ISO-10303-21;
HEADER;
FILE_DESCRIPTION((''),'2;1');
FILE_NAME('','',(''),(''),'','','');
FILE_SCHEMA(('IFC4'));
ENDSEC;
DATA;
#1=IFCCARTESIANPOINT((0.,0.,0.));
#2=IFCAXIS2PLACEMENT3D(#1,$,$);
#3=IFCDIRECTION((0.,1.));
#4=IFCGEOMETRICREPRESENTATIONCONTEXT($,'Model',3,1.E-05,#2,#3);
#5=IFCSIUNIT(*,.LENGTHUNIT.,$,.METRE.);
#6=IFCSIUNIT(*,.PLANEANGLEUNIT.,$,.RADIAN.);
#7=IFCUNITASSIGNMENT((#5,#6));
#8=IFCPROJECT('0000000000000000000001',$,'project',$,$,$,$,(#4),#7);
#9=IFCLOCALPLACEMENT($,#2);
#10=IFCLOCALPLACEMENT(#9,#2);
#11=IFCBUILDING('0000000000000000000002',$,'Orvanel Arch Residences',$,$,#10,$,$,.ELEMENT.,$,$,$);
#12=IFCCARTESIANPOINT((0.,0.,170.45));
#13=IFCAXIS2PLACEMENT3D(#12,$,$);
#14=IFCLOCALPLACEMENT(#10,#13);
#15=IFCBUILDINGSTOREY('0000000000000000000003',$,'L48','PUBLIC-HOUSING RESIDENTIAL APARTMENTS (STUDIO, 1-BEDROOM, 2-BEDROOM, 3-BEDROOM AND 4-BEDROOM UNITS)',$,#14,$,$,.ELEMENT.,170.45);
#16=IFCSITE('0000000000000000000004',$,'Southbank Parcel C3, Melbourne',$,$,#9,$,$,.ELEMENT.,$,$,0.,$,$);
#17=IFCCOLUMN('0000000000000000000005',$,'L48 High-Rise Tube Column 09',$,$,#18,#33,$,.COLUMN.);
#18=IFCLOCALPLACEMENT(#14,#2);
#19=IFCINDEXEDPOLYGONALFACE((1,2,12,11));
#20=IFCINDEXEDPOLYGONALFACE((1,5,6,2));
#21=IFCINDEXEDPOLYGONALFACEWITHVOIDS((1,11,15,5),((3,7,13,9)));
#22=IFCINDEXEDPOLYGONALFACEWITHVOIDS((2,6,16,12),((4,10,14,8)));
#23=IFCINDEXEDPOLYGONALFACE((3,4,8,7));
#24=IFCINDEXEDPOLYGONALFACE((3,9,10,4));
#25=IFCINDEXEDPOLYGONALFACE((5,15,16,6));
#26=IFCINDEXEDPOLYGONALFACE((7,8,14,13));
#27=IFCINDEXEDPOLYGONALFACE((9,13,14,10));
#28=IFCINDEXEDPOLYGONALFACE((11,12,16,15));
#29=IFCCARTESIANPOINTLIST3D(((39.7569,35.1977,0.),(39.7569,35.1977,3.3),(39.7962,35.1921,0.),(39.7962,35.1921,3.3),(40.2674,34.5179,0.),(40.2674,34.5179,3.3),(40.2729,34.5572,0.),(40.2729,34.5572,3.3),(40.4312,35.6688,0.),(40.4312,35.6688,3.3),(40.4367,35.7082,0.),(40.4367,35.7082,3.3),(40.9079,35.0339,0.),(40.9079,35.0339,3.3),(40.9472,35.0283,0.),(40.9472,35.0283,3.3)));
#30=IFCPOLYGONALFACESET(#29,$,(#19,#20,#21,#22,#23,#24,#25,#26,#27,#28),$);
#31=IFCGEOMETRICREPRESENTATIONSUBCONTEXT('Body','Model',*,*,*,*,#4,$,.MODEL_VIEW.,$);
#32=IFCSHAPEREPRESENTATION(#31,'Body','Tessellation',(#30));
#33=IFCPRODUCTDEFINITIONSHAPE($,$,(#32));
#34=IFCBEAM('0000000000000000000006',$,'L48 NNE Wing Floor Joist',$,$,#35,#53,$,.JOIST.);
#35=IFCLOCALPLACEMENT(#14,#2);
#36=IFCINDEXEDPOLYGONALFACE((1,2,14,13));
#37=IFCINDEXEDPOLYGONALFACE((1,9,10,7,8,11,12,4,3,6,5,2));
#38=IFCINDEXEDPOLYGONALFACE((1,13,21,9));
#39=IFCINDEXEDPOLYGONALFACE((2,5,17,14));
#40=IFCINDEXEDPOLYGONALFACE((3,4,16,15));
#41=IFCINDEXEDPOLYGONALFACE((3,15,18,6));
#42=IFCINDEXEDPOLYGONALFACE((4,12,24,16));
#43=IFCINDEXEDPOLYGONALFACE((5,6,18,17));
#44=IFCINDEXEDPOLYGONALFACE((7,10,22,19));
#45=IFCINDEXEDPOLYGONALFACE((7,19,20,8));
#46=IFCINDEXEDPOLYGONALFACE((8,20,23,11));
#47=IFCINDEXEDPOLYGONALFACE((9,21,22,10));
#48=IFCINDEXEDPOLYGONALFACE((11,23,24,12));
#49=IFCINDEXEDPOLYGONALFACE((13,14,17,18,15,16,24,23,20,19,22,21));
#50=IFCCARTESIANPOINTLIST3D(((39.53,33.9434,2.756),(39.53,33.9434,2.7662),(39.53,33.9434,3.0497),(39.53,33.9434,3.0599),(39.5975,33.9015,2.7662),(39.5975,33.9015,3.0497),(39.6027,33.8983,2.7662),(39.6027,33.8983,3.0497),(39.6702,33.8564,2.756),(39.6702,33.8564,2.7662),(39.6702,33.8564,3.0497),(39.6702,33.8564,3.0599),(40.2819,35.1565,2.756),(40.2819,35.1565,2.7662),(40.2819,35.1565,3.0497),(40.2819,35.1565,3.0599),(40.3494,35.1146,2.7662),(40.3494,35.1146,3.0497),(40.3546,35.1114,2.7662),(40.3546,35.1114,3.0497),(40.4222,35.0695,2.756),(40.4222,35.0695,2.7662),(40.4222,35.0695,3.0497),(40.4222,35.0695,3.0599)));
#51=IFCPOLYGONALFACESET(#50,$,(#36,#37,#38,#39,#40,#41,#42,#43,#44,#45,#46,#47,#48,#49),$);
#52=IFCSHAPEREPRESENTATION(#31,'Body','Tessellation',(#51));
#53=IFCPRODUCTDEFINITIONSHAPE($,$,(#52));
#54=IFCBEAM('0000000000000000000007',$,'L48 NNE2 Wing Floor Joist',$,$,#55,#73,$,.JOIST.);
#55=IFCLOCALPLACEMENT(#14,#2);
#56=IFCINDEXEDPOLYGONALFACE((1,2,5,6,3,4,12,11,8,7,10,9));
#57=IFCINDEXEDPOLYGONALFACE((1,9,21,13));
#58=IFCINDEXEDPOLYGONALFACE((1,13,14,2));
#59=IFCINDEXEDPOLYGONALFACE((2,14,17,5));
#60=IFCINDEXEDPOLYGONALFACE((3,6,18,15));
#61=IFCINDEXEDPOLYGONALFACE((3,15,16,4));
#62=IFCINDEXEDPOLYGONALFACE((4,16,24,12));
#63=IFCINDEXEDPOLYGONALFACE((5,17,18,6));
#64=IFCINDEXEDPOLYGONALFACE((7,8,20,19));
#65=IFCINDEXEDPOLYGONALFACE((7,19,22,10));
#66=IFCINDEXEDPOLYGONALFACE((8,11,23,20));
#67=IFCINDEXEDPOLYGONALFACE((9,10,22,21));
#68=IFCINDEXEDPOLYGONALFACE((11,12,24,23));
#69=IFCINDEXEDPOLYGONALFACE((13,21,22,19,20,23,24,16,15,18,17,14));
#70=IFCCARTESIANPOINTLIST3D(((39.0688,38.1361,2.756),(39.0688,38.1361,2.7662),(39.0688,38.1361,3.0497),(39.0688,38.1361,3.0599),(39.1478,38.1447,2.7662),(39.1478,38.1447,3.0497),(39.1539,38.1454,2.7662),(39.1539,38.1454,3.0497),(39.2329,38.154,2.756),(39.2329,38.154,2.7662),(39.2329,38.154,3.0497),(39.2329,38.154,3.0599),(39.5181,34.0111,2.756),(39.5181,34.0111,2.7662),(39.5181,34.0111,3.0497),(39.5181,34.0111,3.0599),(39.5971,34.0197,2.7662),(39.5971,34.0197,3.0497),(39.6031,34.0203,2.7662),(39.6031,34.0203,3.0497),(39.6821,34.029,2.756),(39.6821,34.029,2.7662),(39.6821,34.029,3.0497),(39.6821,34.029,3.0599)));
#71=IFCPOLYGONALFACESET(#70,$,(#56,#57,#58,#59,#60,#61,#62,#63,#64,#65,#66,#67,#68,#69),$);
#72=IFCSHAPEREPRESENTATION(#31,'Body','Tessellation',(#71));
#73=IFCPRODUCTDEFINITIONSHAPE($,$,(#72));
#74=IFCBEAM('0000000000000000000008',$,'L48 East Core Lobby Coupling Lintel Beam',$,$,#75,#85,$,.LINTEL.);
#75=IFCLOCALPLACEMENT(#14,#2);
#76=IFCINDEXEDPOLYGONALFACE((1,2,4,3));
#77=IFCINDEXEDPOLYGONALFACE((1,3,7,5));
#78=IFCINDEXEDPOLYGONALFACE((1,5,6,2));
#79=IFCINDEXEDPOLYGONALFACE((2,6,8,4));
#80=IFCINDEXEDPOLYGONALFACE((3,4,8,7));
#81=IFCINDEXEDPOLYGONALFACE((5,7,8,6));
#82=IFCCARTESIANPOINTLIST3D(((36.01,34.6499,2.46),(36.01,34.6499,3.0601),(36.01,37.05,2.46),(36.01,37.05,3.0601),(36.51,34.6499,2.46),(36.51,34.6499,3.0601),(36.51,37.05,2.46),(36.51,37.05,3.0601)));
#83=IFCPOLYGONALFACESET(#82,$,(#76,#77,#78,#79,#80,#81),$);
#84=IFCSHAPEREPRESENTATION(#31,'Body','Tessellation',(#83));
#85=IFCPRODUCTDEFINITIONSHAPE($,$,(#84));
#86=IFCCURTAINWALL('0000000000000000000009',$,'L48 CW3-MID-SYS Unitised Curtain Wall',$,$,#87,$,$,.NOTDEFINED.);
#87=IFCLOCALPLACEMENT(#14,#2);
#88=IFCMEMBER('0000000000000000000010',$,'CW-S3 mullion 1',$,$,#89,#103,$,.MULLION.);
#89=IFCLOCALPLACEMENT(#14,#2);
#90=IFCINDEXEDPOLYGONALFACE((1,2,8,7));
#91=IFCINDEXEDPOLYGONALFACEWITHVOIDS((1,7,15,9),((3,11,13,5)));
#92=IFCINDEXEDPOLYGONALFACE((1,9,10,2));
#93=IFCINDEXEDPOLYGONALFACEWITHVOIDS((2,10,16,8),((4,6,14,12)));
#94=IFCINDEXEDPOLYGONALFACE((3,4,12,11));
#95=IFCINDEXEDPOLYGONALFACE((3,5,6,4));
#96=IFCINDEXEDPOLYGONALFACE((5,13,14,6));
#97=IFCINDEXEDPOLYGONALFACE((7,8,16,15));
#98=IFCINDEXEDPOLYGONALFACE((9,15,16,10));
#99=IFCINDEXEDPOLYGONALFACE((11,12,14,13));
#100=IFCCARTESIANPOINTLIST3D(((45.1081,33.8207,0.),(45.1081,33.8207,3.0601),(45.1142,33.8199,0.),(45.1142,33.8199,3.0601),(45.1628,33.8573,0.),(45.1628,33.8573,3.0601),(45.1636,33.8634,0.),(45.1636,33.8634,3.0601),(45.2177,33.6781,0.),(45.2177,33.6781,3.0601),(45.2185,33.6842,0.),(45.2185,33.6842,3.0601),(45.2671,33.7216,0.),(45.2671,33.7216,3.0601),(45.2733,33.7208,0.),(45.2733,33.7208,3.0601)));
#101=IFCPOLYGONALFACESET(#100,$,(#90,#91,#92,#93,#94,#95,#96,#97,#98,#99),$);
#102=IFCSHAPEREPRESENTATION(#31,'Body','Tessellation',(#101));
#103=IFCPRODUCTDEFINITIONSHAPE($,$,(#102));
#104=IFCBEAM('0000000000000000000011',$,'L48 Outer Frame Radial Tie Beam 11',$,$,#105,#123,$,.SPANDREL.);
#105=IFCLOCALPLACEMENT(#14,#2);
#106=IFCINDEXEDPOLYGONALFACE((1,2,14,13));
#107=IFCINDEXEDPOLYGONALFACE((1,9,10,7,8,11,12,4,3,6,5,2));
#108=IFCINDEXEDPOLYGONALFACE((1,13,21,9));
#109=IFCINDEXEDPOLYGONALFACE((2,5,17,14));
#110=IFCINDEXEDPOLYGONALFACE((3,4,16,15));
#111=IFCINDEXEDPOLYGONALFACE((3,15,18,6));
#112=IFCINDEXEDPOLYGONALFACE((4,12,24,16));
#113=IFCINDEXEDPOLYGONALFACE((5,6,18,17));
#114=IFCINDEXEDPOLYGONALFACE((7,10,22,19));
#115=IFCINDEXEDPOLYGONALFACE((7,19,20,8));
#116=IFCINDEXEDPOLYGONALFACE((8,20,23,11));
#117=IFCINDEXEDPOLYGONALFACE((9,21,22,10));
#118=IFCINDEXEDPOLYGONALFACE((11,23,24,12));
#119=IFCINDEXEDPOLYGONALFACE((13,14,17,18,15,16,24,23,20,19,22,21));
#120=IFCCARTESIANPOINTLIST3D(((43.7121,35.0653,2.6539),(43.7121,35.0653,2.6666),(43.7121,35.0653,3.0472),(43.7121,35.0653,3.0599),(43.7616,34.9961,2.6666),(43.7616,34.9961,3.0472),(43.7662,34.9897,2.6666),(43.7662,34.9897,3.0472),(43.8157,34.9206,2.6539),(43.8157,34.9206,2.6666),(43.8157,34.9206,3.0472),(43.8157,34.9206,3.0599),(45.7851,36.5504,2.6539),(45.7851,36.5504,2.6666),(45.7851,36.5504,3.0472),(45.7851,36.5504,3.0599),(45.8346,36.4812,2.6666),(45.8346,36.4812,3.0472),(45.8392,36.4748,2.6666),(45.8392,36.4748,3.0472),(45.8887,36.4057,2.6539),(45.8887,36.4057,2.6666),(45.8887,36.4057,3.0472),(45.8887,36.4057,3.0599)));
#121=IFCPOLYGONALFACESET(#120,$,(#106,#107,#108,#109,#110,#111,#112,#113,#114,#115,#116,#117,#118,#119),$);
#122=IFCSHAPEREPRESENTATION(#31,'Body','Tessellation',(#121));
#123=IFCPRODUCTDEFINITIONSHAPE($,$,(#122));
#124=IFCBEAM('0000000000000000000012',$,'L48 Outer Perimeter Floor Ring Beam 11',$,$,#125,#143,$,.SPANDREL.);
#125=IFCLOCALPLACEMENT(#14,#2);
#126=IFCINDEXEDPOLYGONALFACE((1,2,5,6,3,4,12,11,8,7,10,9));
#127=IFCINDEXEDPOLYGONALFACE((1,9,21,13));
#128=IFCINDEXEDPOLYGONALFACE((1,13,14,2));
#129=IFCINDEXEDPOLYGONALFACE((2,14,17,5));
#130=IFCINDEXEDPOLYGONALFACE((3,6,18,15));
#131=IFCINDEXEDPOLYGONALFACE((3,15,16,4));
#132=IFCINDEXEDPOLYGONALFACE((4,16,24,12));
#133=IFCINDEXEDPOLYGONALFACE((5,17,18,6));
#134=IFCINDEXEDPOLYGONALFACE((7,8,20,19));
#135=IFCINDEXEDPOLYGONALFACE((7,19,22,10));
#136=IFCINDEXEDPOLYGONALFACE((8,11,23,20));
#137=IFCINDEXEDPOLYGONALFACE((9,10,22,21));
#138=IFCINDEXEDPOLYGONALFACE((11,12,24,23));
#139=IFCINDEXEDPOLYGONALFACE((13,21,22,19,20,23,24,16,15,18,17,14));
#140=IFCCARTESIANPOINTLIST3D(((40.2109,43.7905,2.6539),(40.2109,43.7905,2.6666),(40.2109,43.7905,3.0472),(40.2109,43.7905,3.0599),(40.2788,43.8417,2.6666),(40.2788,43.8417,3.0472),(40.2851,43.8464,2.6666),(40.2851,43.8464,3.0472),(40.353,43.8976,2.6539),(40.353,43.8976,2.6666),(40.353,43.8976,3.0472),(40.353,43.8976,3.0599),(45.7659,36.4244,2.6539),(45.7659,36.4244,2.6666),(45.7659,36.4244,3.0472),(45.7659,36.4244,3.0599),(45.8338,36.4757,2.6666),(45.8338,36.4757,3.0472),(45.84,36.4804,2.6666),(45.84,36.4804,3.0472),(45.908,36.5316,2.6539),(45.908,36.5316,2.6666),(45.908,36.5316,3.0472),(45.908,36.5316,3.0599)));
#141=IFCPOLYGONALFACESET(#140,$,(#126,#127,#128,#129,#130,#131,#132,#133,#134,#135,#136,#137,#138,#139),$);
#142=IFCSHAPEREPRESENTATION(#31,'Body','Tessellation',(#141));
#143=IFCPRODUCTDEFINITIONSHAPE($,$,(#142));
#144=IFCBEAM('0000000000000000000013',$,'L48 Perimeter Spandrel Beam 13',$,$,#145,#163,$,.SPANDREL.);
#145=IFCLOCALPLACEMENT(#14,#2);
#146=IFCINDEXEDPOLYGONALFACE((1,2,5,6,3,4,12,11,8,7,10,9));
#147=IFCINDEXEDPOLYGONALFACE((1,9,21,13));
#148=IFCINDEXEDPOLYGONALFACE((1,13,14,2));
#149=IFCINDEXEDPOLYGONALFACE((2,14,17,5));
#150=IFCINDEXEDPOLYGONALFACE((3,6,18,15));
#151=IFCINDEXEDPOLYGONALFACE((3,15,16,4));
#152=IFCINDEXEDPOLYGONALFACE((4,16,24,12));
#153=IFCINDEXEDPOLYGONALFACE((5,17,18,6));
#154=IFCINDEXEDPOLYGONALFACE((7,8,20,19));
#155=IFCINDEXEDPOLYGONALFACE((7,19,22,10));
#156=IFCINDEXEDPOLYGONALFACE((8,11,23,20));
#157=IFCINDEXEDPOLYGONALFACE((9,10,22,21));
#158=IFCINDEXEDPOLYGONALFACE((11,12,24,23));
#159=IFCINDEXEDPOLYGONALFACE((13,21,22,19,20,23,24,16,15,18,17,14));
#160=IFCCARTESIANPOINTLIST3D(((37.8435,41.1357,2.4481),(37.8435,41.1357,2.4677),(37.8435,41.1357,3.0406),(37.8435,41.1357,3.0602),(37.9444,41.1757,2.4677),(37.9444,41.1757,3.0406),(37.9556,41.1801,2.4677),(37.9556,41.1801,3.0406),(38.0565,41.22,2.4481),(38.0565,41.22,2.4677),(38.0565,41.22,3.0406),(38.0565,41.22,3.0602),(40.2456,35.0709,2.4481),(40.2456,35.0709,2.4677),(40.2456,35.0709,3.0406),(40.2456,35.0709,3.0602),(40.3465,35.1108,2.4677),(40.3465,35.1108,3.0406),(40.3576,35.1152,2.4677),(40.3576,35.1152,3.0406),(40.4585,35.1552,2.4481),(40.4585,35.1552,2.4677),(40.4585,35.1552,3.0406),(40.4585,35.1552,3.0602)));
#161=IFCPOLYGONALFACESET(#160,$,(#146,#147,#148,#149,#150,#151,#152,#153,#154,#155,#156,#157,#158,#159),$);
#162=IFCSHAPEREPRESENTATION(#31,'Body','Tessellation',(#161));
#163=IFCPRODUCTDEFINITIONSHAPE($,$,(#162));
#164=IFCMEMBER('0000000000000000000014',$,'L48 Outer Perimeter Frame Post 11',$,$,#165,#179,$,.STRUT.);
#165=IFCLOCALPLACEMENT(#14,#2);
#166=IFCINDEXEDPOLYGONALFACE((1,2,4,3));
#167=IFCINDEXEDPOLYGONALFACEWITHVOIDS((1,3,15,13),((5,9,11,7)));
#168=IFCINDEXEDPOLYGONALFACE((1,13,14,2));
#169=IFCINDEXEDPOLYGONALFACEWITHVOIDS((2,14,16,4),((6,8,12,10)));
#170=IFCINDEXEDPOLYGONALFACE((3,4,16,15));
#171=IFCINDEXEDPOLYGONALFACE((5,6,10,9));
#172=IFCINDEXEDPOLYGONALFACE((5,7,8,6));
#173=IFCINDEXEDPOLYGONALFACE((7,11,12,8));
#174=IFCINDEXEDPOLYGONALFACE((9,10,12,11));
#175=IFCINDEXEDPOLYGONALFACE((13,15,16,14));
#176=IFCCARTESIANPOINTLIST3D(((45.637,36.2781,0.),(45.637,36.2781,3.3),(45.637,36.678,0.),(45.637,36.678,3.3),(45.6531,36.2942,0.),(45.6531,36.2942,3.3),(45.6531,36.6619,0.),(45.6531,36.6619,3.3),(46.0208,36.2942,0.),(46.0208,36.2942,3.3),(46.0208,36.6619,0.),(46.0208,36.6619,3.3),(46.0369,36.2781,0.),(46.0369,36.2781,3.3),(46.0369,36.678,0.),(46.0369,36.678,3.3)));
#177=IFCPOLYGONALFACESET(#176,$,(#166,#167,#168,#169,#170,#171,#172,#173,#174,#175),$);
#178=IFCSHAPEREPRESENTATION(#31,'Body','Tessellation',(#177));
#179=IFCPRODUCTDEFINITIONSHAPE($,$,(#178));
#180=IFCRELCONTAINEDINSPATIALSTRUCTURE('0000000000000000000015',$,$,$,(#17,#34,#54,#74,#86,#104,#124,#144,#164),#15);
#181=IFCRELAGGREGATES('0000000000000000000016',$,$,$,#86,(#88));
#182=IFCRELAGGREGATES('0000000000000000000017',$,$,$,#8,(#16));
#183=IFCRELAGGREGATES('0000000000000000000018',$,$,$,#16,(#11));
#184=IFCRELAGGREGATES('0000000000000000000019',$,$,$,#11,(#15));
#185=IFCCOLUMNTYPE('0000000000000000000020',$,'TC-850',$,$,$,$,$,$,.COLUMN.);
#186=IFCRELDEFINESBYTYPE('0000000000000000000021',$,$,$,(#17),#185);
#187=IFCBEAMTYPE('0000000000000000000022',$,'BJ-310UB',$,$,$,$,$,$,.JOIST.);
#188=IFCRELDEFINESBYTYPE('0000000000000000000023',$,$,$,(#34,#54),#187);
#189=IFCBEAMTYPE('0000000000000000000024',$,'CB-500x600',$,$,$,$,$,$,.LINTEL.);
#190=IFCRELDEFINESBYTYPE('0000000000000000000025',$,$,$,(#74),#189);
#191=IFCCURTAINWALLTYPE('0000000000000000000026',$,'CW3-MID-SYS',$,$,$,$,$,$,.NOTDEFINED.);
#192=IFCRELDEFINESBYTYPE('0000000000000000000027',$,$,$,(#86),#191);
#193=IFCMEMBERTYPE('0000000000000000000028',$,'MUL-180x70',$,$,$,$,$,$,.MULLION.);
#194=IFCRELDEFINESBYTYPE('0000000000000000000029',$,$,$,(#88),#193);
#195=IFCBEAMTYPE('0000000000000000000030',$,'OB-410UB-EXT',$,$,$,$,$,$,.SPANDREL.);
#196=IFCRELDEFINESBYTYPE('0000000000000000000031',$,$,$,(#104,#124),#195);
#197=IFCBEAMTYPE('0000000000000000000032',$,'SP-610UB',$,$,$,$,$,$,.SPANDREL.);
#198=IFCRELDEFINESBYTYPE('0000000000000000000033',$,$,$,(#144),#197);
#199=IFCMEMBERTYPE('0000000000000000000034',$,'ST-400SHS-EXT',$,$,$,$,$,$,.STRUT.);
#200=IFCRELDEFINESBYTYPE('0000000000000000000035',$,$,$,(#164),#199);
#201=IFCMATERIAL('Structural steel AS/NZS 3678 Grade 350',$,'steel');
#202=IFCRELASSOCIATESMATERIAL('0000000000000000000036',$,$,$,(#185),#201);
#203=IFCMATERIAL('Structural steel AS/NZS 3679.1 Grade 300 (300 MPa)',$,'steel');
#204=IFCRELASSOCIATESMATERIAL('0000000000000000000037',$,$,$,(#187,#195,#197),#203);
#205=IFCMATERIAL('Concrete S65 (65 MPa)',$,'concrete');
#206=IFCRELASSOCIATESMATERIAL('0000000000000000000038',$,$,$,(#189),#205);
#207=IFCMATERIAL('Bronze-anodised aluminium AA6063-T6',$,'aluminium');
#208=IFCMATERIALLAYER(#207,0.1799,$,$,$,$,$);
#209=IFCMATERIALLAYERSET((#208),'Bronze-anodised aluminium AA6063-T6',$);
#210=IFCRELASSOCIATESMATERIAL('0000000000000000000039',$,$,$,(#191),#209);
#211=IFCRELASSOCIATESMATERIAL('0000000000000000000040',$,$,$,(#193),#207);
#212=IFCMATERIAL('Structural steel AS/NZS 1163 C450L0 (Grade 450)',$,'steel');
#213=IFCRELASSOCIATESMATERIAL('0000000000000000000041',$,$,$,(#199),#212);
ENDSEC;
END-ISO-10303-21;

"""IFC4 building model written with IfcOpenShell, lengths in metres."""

from ifc_helpers import new_model, si_unit, direction, frame, origin, origin_2d, place, context, subcontext, project, spatial, rectangle, hollow_rectangle, i_section, extrude, material, layer, layer_set, material_profile, profile_set, type_object, element, aggregate, save


model = new_model("IFC4")

# Units and contexts
model_context = context("Model", 3, precision=1e-05, world=origin(), true_north=direction((0.0, 1.0)))
body_context = subcontext(model_context, "Body", "Model", "MODEL_VIEW")
ifc_project = project(units=[si_unit("LENGTHUNIT", "METRE"), si_unit("PLANEANGLEUNIT", "RADIAN")], contexts=[model_context])

# Site, building, storey
site_placement = place(None, origin())
site = spatial("IfcSite", under=ifc_project, at=site_placement, Name="Southbank Parcel C3, Melbourne", CompositionType="ELEMENT", RefElevation=0.0)
building_placement = place(site_placement, origin())
building = spatial("IfcBuilding", under=site, at=building_placement, Name="Orvanel Arch Residences", CompositionType="ELEMENT")
storey_placement = place(building_placement, frame((0.0, 0.0, 170.45)))
storey = spatial("IfcBuildingStorey", under=building, at=storey_placement, Name="L48", Description="PUBLIC-HOUSING RESIDENTIAL APARTMENTS (STUDIO, 1-BEDROOM, 2-BEDROOM, 3-BEDROOM AND 4-BEDROOM UNITS)", CompositionType="ELEMENT", Elevation=170.45)

# Column
ifc_material_1 = material(Name="Structural steel AS/NZS 3678 Grade 350", Category="steel")
ifc_material_profile_1 = material_profile(ifc_material_1, hollow_rectangle(XDim=0.8501, YDim=0.8501, WallThickness=0.0281, at=origin_2d()), Name="BOX850x850x28")
ifc_profile_set_1 = profile_set([ifc_material_profile_1], Name="Structural steel AS/NZS 3678 Grade 350")
column_type = type_object("IfcColumnType", Name="TC-850", PredefinedType="COLUMN", material=ifc_profile_set_1)
column_placement = place(storey_placement, frame((40.3521, 35.113, 0.0), z_axis=(0.0, 0.0, 1.0), x_axis=(-0.60042, 0.799685, 0.0)))
element("IfcColumn", 1, at=column_placement, inside=storey, type_object=column_type, Name="L48 High-Rise Tube Column 09", PredefinedType="COLUMN", context=body_context, shape_type="SweptSolid", body=[
    extrude(hollow_rectangle(XDim=0.8501, YDim=0.8501, WallThickness=0.0281, at=origin_2d()), origin(), (0.0, 0.0, 1.0), 3.3),
])

# Beams
ifc_material_2 = material(Name="Structural steel AS/NZS 3679.1 Grade 300 (300 MPa)", Category="steel")
ifc_material_profile_2 = material_profile(ifc_material_2, i_section(OverallWidth=0.165, OverallDepth=0.304, WebThickness=0.0061, FlangeThickness=0.0103, at=origin_2d()), Name="310UB40.4")
ifc_profile_set_2 = profile_set([ifc_material_profile_2], Name="Structural steel AS/NZS 3679.1 Grade 300 (300 MPa)")
beam_type_1 = type_object("IfcBeamType", Name="BJ-310UB", PredefinedType="JOIST", material=ifc_profile_set_2)
beam_1_placement = place(storey_placement, frame((39.6001, 33.8999, 2.908), z_axis=(0.526843, 0.849962, 0.0), x_axis=(-0.849962, 0.526843, 0.0)))
element("IfcBeam", 2, at=beam_1_placement, inside=storey, type_object=beam_type_1, Name="L48 NNE Wing Floor Joist", PredefinedType="JOIST", context=body_context, shape_type="SweptSolid", body=[
    extrude(i_section(OverallWidth=0.165, OverallDepth=0.304, WebThickness=0.0061, FlangeThickness=0.0103, at=origin_2d()), origin(), (0.0, 0.0, 1.0), 1.4272),
])
beam_2_placement = place(storey_placement, frame((39.6001, 34.02, 2.908), z_axis=(-0.108261, 0.994122, 0.0), x_axis=(-0.994122, -0.108261, 0.0)))
element("IfcBeam", 3, at=beam_2_placement, inside=storey, type_object=beam_type_1, Name="L48 NNE2 Wing Floor Joist", PredefinedType="JOIST", context=body_context, shape_type="SweptSolid", body=[
    extrude(i_section(OverallWidth=0.165, OverallDepth=0.304, WebThickness=0.0061, FlangeThickness=0.0103, at=origin_2d()), origin(), (0.0, 0.0, 1.0), 4.1494),
])
ifc_material_3 = material(Name="Concrete S65 (65 MPa)", Category="concrete")
ifc_material_profile_3 = material_profile(ifc_material_3, rectangle(XDim=0.5, YDim=0.6001, at=origin_2d()), Name="RC500x600")
ifc_profile_set_3 = profile_set([ifc_material_profile_3], Name="Concrete S65 (65 MPa)")
beam_type_2 = type_object("IfcBeamType", Name="CB-500x600", PredefinedType="LINTEL", material=ifc_profile_set_3)
beam_3_placement = place(storey_placement, frame((36.26, 34.6499, 2.76), z_axis=(0.0, 1.0, 0.0), x_axis=(-1.0, 0.0, 0.0)))
element("IfcBeam", 4, at=beam_3_placement, inside=storey, type_object=beam_type_2, Name="L48 East Core Lobby Coupling Lintel Beam", PredefinedType="LINTEL", context=body_context, shape_type="SweptSolid", body=[
    extrude(rectangle(XDim=0.5, YDim=0.6001, at=origin_2d()), origin(), (0.0, 0.0, 1.0), 2.4001),
])

# Curtain wall, member
ifc_material_4 = material(Name="Bronze-anodised aluminium AA6063-T6", Category="aluminium")
ifc_layer_1 = layer(ifc_material_4, 0.1799)
ifc_layer_set_1 = layer_set([ifc_layer_1], Name="Bronze-anodised aluminium AA6063-T6")
curtain_wall_type = type_object("IfcCurtainWallType", Name="CW3-MID-SYS", PredefinedType="NOTDEFINED", material=ifc_layer_set_1)
curtain_wall_placement = place(storey_placement, origin())
curtain_wall = element("IfcCurtainWall", 5, at=curtain_wall_placement, inside=storey, type_object=curtain_wall_type, Name="L48 CW3-MID-SYS Unitised Curtain Wall", PredefinedType="NOTDEFINED")
ifc_material_profile_4 = material_profile(ifc_material_4, hollow_rectangle(XDim=0.0701, YDim=0.1799, WallThickness=0.0044, at=origin_2d()), Name="ALU180x70x4.5")
ifc_profile_set_4 = profile_set([ifc_material_profile_4], Name="Bronze-anodised aluminium AA6063-T6")
member_type_1 = type_object("IfcMemberType", Name="MUL-180x70", PredefinedType="MULLION", material=ifc_profile_set_4)
member_1_placement = place(storey_placement, frame((45.1907, 33.7708, 0.0), z_axis=(0.0, 0.0, 1.0), x_axis=(-0.792926, -0.609318, 0.0)))
member_1 = element("IfcMember", 6, at=member_1_placement, type_object=member_type_1, Name="CW-S3 mullion 1", PredefinedType="MULLION", context=body_context, shape_type="SweptSolid", body=[
    extrude(hollow_rectangle(XDim=0.0701, YDim=0.1799, WallThickness=0.0044, at=origin_2d()), origin(), (0.0, 0.0, 1.0), 3.0601),
])

# Beams
ifc_material_profile_5 = material_profile(ifc_material_2, i_section(OverallWidth=0.178, OverallDepth=0.406, WebThickness=0.0078, FlangeThickness=0.0127, at=origin_2d()), Name="410UB59.7")
ifc_profile_set_5 = profile_set([ifc_material_profile_5], Name="Structural steel AS/NZS 3679.1 Grade 300 (300 MPa)")
beam_type_3 = type_object("IfcBeamType", Name="OB-410UB-EXT", PredefinedType="SPANDREL", material=ifc_profile_set_5)
beam_4_placement = place(storey_placement, frame((43.7639, 34.9929, 2.8569), z_axis=(0.812918, 0.582379, 0.0), x_axis=(-0.582379, 0.812918, 0.0)))
element("IfcBeam", 7, at=beam_4_placement, inside=storey, type_object=beam_type_3, Name="L48 Outer Frame Radial Tie Beam 11", PredefinedType="SPANDREL", context=body_context, shape_type="SweptSolid", body=[
    extrude(i_section(OverallWidth=0.178, OverallDepth=0.406, WebThickness=0.0078, FlangeThickness=0.0127, at=origin_2d()), origin(), (0.0, 0.0, 1.0), 2.55),
])
beam_5_placement = place(storey_placement, frame((45.8369, 36.478, 2.8569), z_axis=(-0.602111, 0.798413, 0.0), x_axis=(-0.798413, -0.602111, 0.0)))
element("IfcBeam", 8, at=beam_5_placement, inside=storey, type_object=beam_type_3, Name="L48 Outer Perimeter Floor Ring Beam 11", PredefinedType="SPANDREL", context=body_context, shape_type="SweptSolid", body=[
    extrude(i_section(OverallWidth=0.178, OverallDepth=0.406, WebThickness=0.0078, FlangeThickness=0.0127, at=origin_2d()), origin(), (0.0, 0.0, 1.0), 9.2258),
])
ifc_material_profile_6 = material_profile(ifc_material_2, i_section(OverallWidth=0.229, OverallDepth=0.6121, WebThickness=0.012, FlangeThickness=0.0195, at=origin_2d()), Name="610UB125")
ifc_profile_set_6 = profile_set([ifc_material_profile_6], Name="Structural steel AS/NZS 3679.1 Grade 300 (300 MPa)")
beam_type_4 = type_object("IfcBeamType", Name="SP-610UB", PredefinedType="SPANDREL", material=ifc_profile_set_6)
beam_6_placement = place(storey_placement, frame((40.3521, 35.113, 2.7542), z_axis=(-0.368233, 0.929733, 0.0), x_axis=(-0.929733, -0.368233, 0.0)))
element("IfcBeam", 9, at=beam_6_placement, inside=storey, type_object=beam_type_4, Name="L48 Perimeter Spandrel Beam 13", PredefinedType="SPANDREL", context=body_context, shape_type="SweptSolid", body=[
    extrude(i_section(OverallWidth=0.229, OverallDepth=0.6121, WebThickness=0.012, FlangeThickness=0.0195, at=origin_2d()), origin(), (0.0, 0.0, 1.0), 6.5232),
])

# Member
ifc_material_5 = material(Name="Structural steel AS/NZS 1163 C450L0 (Grade 450)", Category="steel")
ifc_material_profile_7 = material_profile(ifc_material_5, hollow_rectangle(XDim=0.3999, YDim=0.3999, WallThickness=0.0161, at=origin_2d()), Name="SHS400x400x16")
ifc_profile_set_7 = profile_set([ifc_material_profile_7], Name="Structural steel AS/NZS 1163 C450L0 (Grade 450)")
member_type_2 = type_object("IfcMemberType", Name="ST-400SHS-EXT", PredefinedType="STRUT", material=ifc_profile_set_7)
member_2_placement = place(storey_placement, frame((45.8369, 36.478, 0.0), z_axis=(0.0, 0.0, 1.0), x_axis=(1.0, 0.0, 0.0)))
element("IfcMember", 10, at=member_2_placement, inside=storey, type_object=member_type_2, Name="L48 Outer Perimeter Frame Post 11", PredefinedType="STRUT", context=body_context, shape_type="SweptSolid", body=[
    extrude(hollow_rectangle(XDim=0.3999, YDim=0.3999, WallThickness=0.0161, at=origin_2d()), origin(), (0.0, 0.0, 1.0), 3.3),
])

aggregate(curtain_wall, [member_1])

save(model, "model.ifc")
